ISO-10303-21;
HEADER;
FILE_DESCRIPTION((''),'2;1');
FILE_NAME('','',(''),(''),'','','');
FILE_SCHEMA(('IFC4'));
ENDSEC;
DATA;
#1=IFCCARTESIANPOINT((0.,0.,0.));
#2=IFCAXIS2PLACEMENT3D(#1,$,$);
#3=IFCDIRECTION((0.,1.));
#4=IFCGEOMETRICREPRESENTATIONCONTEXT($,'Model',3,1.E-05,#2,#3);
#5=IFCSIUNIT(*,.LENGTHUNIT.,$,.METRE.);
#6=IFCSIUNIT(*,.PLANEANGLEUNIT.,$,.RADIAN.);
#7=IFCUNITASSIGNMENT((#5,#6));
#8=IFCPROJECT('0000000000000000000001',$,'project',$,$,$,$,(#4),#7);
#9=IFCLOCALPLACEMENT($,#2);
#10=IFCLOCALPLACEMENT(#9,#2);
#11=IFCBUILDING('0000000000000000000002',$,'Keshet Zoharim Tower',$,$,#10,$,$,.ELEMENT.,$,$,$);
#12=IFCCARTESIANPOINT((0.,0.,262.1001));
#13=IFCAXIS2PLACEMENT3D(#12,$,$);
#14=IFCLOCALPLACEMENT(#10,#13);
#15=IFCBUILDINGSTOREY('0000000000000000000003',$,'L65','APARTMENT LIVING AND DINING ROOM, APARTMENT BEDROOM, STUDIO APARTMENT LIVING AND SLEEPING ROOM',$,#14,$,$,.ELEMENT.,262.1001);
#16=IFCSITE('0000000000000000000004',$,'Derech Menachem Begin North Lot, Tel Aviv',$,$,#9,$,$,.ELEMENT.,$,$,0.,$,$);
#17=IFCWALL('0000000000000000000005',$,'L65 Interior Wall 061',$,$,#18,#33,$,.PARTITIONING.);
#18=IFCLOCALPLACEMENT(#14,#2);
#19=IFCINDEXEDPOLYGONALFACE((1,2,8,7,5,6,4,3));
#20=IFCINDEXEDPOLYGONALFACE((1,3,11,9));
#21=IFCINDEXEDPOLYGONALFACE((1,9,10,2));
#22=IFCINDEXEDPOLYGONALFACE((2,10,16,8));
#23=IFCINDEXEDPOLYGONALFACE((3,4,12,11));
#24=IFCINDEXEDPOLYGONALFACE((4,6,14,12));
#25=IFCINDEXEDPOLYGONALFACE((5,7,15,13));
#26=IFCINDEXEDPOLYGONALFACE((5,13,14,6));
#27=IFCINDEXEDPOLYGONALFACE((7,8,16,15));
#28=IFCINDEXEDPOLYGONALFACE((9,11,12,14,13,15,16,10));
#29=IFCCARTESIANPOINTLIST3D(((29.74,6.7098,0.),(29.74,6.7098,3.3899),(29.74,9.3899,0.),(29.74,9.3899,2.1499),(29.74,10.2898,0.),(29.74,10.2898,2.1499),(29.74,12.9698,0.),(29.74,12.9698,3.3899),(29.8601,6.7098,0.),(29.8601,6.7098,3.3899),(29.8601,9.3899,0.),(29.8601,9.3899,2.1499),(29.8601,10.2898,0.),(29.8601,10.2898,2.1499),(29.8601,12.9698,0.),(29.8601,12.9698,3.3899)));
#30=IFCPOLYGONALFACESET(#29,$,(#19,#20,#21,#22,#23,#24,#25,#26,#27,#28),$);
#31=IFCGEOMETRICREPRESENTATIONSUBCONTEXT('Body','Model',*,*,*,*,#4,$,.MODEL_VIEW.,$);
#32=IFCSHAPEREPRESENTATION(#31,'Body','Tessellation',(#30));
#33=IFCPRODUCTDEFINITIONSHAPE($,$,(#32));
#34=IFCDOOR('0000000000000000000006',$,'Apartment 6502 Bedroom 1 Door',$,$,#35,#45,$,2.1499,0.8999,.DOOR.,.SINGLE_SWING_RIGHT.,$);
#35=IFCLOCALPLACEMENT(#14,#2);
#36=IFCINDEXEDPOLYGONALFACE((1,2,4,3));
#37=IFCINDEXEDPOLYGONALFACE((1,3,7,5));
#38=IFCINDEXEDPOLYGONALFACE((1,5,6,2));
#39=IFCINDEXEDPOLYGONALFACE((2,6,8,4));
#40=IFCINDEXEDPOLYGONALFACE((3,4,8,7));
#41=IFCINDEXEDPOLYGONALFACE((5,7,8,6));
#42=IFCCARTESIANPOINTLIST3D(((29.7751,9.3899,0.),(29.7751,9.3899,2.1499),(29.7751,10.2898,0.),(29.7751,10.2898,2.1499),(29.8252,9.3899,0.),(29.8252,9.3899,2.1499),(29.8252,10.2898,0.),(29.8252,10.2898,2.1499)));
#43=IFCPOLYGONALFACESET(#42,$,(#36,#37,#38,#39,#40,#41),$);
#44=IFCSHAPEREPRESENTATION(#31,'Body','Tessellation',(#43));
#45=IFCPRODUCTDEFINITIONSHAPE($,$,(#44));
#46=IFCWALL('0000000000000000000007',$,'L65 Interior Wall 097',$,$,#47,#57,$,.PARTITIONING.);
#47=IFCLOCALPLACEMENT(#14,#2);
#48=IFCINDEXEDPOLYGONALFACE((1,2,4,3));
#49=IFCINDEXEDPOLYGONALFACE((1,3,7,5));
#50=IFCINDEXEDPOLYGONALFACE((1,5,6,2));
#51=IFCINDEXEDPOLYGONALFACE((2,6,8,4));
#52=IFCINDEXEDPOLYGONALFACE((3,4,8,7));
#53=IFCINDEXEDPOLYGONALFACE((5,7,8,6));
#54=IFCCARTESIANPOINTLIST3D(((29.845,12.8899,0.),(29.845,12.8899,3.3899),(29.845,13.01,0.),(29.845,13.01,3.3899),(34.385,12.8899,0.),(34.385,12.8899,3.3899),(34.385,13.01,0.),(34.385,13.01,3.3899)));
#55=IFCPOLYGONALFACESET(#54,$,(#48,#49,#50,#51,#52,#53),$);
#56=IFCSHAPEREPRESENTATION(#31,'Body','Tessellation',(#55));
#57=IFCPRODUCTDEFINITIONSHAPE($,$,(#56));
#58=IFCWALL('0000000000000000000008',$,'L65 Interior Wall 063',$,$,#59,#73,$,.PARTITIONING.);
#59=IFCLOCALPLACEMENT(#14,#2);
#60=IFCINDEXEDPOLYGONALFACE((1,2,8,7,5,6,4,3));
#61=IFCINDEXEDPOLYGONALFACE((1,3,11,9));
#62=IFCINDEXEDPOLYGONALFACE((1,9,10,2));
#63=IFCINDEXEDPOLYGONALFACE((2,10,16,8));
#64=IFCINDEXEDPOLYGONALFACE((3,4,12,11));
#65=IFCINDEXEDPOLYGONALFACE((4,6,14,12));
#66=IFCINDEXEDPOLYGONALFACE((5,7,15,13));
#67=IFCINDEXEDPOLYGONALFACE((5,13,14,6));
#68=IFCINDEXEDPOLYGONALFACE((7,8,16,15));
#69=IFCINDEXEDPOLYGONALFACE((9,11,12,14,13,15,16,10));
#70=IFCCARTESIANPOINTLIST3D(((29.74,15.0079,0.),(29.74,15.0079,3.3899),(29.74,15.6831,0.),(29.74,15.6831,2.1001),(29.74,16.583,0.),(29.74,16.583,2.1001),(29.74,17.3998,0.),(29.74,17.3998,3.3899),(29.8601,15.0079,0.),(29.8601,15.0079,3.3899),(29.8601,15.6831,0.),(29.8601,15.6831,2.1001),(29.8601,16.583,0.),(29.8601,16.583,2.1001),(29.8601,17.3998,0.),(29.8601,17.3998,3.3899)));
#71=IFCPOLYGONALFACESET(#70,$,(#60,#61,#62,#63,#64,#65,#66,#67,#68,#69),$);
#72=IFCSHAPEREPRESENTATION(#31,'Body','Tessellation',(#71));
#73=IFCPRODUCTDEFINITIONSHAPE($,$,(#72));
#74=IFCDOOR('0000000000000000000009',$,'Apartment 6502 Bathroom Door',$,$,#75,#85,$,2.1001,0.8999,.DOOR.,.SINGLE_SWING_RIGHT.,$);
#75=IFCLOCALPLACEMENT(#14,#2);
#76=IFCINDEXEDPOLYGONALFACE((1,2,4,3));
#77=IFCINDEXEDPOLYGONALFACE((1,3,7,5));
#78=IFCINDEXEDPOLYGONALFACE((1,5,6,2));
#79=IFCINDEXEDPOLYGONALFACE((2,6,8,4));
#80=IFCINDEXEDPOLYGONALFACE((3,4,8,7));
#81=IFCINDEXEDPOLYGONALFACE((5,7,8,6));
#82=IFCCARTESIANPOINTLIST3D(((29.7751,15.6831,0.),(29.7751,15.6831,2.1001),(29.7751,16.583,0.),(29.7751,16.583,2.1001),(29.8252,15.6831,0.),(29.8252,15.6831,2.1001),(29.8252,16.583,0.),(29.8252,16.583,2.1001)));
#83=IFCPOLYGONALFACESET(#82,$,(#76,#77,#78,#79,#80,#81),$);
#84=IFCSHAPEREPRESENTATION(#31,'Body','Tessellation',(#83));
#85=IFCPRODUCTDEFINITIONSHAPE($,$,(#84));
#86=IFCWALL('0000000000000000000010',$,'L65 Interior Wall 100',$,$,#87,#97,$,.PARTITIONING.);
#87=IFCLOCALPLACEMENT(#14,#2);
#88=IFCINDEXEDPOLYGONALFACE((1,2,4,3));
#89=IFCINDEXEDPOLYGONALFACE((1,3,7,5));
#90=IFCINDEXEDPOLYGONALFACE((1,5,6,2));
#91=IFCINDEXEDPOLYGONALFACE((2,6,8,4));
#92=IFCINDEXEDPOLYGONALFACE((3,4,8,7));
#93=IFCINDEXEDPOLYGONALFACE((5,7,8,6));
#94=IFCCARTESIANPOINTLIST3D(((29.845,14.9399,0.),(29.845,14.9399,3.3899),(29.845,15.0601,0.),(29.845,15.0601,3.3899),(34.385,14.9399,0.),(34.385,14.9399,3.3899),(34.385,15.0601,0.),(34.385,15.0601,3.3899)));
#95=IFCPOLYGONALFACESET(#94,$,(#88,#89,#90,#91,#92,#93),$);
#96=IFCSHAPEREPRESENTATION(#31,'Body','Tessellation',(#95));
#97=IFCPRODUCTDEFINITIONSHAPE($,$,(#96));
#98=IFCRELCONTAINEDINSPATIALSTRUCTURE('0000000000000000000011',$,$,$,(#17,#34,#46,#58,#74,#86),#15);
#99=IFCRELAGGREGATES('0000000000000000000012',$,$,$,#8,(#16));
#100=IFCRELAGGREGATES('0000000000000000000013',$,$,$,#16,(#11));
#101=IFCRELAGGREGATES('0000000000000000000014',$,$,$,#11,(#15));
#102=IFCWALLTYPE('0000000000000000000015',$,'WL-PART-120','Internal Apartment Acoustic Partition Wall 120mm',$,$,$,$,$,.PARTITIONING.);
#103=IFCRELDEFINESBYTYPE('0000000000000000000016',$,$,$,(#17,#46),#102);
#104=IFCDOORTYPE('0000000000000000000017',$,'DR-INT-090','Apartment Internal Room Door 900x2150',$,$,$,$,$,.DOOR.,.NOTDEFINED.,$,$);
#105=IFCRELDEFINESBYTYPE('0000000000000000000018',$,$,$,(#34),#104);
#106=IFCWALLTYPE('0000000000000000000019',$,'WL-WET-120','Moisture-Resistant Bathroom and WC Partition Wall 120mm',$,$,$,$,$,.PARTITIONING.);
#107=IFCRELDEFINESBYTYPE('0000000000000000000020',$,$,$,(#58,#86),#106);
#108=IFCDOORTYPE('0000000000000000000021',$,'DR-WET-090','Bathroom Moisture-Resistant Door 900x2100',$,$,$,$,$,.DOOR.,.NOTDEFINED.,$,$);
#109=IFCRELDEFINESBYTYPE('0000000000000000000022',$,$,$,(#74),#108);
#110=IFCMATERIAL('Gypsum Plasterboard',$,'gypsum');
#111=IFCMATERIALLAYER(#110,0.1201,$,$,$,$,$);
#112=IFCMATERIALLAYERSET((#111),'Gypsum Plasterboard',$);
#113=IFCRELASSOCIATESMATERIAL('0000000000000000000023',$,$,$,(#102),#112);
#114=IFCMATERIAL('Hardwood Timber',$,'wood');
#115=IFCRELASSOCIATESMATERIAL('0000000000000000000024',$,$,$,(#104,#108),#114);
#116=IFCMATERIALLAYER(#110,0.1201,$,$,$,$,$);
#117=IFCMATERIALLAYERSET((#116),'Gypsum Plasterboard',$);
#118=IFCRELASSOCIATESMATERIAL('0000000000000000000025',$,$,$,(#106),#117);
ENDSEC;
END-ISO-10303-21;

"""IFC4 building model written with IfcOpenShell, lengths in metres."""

from ifc_helpers import new_model, si_unit, direction, frame, frame_2d, origin, place, context, subcontext, project, spatial, rectangle, extrude, material, layer, layer_set, type_object, element, fill, save


model = new_model("IFC4")

# Units and contexts
model_context = context("Model", 3, precision=1e-05, world=origin(), true_north=direction((0.0, 1.0)))
body_context = subcontext(model_context, "Body", "Model", "MODEL_VIEW")
ifc_project = project(units=[si_unit("LENGTHUNIT", "METRE"), si_unit("PLANEANGLEUNIT", "RADIAN")], contexts=[model_context])

# Site, building, storey
site_placement = place(None, origin())
site = spatial("IfcSite", under=ifc_project, at=site_placement, Name="Derech Menachem Begin North Lot, Tel Aviv", CompositionType="ELEMENT", RefElevation=0.0)
building_placement = place(site_placement, origin())
building = spatial("IfcBuilding", under=site, at=building_placement, Name="Keshet Zoharim Tower", CompositionType="ELEMENT")
storey_placement = place(building_placement, frame((0.0, 0.0, 262.1001)))
storey = spatial("IfcBuildingStorey", under=building, at=storey_placement, Name="L65", Description="APARTMENT LIVING AND DINING ROOM, APARTMENT BEDROOM, STUDIO APARTMENT LIVING AND SLEEPING ROOM", CompositionType="ELEMENT", Elevation=262.1001)

# Shared definitions
ifc_material_1 = material(Name="Gypsum Plasterboard", Category="gypsum")
ifc_material_2 = material(Name="Hardwood Timber", Category="wood")

# Shared definitions
ifc_layer_1 = layer(ifc_material_1, 0.1201)
ifc_layer_set_1 = layer_set([ifc_layer_1], Name="Gypsum Plasterboard")
wall_type_1 = type_object("IfcWallType", Name="WL-PART-120", Description="Internal Apartment Acoustic Partition Wall 120mm", PredefinedType="PARTITIONING", material=ifc_layer_set_1)

# Wall, opening, door
wall_1_placement = place(storey_placement, frame((29.8, 6.71, 0.0), z_axis=(0.0, 0.0, 1.0), x_axis=(0.0, 1.0, 0.0)))
wall_1 = element("IfcWall", 1, at=wall_1_placement, inside=storey, type_object=wall_type_1, Name="L65 Interior Wall 061", PredefinedType="PARTITIONING", context=body_context, shape_type="SweptSolid", body=[
    extrude(rectangle(XDim=6.26, YDim=0.1201, at=frame_2d((3.1299, 0.0))), origin(), (0.0, 0.0, 1.0), 3.3899),
])
opening_1_placement = place(wall_1_placement, frame((2.6799, 0.0, 0.0)))
opening_1 = element("IfcOpeningElement", 2, at=opening_1_placement, cuts=wall_1, PredefinedType="OPENING", context=body_context, shape_type="SweptSolid", body=[
    extrude(rectangle(XDim=0.8999, YDim=2.1499, at=frame_2d((0.45, 1.075))), frame((0.0, 0.0701, 0.0), z_axis=(0.0, -1.0, 0.0), x_axis=(1.0, 0.0, 0.0)), (0.0, 0.0, 1.0), 0.1401),
])
door_type_1 = type_object("IfcDoorType", Name="DR-INT-090", Description="Apartment Internal Room Door 900x2150", OperationType="NOTDEFINED", PredefinedType="DOOR", material=ifc_material_2)
door_1_placement = place(opening_1_placement, origin())
door_1 = element("IfcDoor", 3, at=door_1_placement, inside=storey, type_object=door_type_1, Name="Apartment 6502 Bedroom 1 Door", OperationType="SINGLE_SWING_RIGHT", OverallHeight=2.1499, OverallWidth=0.8999, PredefinedType="DOOR", context=body_context, shape_type="SweptSolid", body=[
    extrude(rectangle(XDim=0.8999, YDim=2.1499, at=frame_2d((0.45, 1.075))), frame((0.0, 0.0249, 0.0), z_axis=(0.0, -1.0, 0.0), x_axis=(1.0, 0.0, 0.0)), (0.0, 0.0, 1.0), 0.05),
])
fill(opening_1, door_1)

# Wall
wall_2_placement = place(storey_placement, frame((29.845, 12.95, 0.0), z_axis=(0.0, 0.0, 1.0), x_axis=(1.0, 0.0, 0.0)))
element("IfcWall", 4, at=wall_2_placement, inside=storey, type_object=wall_type_1, Name="L65 Interior Wall 097", PredefinedType="PARTITIONING", context=body_context, shape_type="SweptSolid", body=[
    extrude(rectangle(XDim=4.54, YDim=0.1201, at=frame_2d((2.27, 0.0))), origin(), (0.0, 0.0, 1.0), 3.3899),
])

# Wall, opening, door
ifc_layer_2 = layer(ifc_material_1, 0.1201)
ifc_layer_set_2 = layer_set([ifc_layer_2], Name="Gypsum Plasterboard")
wall_type_2 = type_object("IfcWallType", Name="WL-WET-120", Description="Moisture-Resistant Bathroom and WC Partition Wall 120mm", PredefinedType="PARTITIONING", material=ifc_layer_set_2)
wall_3_placement = place(storey_placement, frame((29.8, 15.0081, 0.0), z_axis=(0.0, 0.0, 1.0), x_axis=(0.0, 1.0, 0.0)))
wall_3 = element("IfcWall", 5, at=wall_3_placement, inside=storey, type_object=wall_type_2, Name="L65 Interior Wall 063", PredefinedType="PARTITIONING", context=body_context, shape_type="SweptSolid", body=[
    extrude(rectangle(XDim=2.3918, YDim=0.1201, at=frame_2d((1.1958, 0.0))), origin(), (0.0, 0.0, 1.0), 3.3899),
])
opening_2_placement = place(wall_3_placement, frame((0.675, 0.0, 0.0)))
opening_2 = element("IfcOpeningElement", 6, at=opening_2_placement, cuts=wall_3, PredefinedType="OPENING", context=body_context, shape_type="SweptSolid", body=[
    extrude(rectangle(XDim=0.8999, YDim=2.1001, at=frame_2d((0.45, 1.05))), frame((0.0, 0.0701, 0.0), z_axis=(0.0, -1.0, 0.0), x_axis=(1.0, 0.0, 0.0)), (0.0, 0.0, 1.0), 0.1401),
])
door_type_2 = type_object("IfcDoorType", Name="DR-WET-090", Description="Bathroom Moisture-Resistant Door 900x2100", OperationType="NOTDEFINED", PredefinedType="DOOR", material=ifc_material_2)
door_2_placement = place(opening_2_placement, origin())
door_2 = element("IfcDoor", 7, at=door_2_placement, inside=storey, type_object=door_type_2, Name="Apartment 6502 Bathroom Door", OperationType="SINGLE_SWING_RIGHT", OverallHeight=2.1001, OverallWidth=0.8999, PredefinedType="DOOR", context=body_context, shape_type="SweptSolid", body=[
    extrude(rectangle(XDim=0.8999, YDim=2.1001, at=frame_2d((0.45, 1.05))), frame((0.0, 0.0249, 0.0), z_axis=(0.0, -1.0, 0.0), x_axis=(1.0, 0.0, 0.0)), (0.0, 0.0, 1.0), 0.05),
])
fill(opening_2, door_2)

# Wall
wall_4_placement = place(storey_placement, frame((29.845, 15.0, 0.0), z_axis=(0.0, 0.0, 1.0), x_axis=(1.0, 0.0, 0.0)))
element("IfcWall", 8, at=wall_4_placement, inside=storey, type_object=wall_type_2, Name="L65 Interior Wall 100", PredefinedType="PARTITIONING", context=body_context, shape_type="SweptSolid", body=[
    extrude(rectangle(XDim=4.54, YDim=0.1201, at=frame_2d((2.27, 0.0))), origin(), (0.0, 0.0, 1.0), 3.3899),
])

save(model, "model.ifc")
